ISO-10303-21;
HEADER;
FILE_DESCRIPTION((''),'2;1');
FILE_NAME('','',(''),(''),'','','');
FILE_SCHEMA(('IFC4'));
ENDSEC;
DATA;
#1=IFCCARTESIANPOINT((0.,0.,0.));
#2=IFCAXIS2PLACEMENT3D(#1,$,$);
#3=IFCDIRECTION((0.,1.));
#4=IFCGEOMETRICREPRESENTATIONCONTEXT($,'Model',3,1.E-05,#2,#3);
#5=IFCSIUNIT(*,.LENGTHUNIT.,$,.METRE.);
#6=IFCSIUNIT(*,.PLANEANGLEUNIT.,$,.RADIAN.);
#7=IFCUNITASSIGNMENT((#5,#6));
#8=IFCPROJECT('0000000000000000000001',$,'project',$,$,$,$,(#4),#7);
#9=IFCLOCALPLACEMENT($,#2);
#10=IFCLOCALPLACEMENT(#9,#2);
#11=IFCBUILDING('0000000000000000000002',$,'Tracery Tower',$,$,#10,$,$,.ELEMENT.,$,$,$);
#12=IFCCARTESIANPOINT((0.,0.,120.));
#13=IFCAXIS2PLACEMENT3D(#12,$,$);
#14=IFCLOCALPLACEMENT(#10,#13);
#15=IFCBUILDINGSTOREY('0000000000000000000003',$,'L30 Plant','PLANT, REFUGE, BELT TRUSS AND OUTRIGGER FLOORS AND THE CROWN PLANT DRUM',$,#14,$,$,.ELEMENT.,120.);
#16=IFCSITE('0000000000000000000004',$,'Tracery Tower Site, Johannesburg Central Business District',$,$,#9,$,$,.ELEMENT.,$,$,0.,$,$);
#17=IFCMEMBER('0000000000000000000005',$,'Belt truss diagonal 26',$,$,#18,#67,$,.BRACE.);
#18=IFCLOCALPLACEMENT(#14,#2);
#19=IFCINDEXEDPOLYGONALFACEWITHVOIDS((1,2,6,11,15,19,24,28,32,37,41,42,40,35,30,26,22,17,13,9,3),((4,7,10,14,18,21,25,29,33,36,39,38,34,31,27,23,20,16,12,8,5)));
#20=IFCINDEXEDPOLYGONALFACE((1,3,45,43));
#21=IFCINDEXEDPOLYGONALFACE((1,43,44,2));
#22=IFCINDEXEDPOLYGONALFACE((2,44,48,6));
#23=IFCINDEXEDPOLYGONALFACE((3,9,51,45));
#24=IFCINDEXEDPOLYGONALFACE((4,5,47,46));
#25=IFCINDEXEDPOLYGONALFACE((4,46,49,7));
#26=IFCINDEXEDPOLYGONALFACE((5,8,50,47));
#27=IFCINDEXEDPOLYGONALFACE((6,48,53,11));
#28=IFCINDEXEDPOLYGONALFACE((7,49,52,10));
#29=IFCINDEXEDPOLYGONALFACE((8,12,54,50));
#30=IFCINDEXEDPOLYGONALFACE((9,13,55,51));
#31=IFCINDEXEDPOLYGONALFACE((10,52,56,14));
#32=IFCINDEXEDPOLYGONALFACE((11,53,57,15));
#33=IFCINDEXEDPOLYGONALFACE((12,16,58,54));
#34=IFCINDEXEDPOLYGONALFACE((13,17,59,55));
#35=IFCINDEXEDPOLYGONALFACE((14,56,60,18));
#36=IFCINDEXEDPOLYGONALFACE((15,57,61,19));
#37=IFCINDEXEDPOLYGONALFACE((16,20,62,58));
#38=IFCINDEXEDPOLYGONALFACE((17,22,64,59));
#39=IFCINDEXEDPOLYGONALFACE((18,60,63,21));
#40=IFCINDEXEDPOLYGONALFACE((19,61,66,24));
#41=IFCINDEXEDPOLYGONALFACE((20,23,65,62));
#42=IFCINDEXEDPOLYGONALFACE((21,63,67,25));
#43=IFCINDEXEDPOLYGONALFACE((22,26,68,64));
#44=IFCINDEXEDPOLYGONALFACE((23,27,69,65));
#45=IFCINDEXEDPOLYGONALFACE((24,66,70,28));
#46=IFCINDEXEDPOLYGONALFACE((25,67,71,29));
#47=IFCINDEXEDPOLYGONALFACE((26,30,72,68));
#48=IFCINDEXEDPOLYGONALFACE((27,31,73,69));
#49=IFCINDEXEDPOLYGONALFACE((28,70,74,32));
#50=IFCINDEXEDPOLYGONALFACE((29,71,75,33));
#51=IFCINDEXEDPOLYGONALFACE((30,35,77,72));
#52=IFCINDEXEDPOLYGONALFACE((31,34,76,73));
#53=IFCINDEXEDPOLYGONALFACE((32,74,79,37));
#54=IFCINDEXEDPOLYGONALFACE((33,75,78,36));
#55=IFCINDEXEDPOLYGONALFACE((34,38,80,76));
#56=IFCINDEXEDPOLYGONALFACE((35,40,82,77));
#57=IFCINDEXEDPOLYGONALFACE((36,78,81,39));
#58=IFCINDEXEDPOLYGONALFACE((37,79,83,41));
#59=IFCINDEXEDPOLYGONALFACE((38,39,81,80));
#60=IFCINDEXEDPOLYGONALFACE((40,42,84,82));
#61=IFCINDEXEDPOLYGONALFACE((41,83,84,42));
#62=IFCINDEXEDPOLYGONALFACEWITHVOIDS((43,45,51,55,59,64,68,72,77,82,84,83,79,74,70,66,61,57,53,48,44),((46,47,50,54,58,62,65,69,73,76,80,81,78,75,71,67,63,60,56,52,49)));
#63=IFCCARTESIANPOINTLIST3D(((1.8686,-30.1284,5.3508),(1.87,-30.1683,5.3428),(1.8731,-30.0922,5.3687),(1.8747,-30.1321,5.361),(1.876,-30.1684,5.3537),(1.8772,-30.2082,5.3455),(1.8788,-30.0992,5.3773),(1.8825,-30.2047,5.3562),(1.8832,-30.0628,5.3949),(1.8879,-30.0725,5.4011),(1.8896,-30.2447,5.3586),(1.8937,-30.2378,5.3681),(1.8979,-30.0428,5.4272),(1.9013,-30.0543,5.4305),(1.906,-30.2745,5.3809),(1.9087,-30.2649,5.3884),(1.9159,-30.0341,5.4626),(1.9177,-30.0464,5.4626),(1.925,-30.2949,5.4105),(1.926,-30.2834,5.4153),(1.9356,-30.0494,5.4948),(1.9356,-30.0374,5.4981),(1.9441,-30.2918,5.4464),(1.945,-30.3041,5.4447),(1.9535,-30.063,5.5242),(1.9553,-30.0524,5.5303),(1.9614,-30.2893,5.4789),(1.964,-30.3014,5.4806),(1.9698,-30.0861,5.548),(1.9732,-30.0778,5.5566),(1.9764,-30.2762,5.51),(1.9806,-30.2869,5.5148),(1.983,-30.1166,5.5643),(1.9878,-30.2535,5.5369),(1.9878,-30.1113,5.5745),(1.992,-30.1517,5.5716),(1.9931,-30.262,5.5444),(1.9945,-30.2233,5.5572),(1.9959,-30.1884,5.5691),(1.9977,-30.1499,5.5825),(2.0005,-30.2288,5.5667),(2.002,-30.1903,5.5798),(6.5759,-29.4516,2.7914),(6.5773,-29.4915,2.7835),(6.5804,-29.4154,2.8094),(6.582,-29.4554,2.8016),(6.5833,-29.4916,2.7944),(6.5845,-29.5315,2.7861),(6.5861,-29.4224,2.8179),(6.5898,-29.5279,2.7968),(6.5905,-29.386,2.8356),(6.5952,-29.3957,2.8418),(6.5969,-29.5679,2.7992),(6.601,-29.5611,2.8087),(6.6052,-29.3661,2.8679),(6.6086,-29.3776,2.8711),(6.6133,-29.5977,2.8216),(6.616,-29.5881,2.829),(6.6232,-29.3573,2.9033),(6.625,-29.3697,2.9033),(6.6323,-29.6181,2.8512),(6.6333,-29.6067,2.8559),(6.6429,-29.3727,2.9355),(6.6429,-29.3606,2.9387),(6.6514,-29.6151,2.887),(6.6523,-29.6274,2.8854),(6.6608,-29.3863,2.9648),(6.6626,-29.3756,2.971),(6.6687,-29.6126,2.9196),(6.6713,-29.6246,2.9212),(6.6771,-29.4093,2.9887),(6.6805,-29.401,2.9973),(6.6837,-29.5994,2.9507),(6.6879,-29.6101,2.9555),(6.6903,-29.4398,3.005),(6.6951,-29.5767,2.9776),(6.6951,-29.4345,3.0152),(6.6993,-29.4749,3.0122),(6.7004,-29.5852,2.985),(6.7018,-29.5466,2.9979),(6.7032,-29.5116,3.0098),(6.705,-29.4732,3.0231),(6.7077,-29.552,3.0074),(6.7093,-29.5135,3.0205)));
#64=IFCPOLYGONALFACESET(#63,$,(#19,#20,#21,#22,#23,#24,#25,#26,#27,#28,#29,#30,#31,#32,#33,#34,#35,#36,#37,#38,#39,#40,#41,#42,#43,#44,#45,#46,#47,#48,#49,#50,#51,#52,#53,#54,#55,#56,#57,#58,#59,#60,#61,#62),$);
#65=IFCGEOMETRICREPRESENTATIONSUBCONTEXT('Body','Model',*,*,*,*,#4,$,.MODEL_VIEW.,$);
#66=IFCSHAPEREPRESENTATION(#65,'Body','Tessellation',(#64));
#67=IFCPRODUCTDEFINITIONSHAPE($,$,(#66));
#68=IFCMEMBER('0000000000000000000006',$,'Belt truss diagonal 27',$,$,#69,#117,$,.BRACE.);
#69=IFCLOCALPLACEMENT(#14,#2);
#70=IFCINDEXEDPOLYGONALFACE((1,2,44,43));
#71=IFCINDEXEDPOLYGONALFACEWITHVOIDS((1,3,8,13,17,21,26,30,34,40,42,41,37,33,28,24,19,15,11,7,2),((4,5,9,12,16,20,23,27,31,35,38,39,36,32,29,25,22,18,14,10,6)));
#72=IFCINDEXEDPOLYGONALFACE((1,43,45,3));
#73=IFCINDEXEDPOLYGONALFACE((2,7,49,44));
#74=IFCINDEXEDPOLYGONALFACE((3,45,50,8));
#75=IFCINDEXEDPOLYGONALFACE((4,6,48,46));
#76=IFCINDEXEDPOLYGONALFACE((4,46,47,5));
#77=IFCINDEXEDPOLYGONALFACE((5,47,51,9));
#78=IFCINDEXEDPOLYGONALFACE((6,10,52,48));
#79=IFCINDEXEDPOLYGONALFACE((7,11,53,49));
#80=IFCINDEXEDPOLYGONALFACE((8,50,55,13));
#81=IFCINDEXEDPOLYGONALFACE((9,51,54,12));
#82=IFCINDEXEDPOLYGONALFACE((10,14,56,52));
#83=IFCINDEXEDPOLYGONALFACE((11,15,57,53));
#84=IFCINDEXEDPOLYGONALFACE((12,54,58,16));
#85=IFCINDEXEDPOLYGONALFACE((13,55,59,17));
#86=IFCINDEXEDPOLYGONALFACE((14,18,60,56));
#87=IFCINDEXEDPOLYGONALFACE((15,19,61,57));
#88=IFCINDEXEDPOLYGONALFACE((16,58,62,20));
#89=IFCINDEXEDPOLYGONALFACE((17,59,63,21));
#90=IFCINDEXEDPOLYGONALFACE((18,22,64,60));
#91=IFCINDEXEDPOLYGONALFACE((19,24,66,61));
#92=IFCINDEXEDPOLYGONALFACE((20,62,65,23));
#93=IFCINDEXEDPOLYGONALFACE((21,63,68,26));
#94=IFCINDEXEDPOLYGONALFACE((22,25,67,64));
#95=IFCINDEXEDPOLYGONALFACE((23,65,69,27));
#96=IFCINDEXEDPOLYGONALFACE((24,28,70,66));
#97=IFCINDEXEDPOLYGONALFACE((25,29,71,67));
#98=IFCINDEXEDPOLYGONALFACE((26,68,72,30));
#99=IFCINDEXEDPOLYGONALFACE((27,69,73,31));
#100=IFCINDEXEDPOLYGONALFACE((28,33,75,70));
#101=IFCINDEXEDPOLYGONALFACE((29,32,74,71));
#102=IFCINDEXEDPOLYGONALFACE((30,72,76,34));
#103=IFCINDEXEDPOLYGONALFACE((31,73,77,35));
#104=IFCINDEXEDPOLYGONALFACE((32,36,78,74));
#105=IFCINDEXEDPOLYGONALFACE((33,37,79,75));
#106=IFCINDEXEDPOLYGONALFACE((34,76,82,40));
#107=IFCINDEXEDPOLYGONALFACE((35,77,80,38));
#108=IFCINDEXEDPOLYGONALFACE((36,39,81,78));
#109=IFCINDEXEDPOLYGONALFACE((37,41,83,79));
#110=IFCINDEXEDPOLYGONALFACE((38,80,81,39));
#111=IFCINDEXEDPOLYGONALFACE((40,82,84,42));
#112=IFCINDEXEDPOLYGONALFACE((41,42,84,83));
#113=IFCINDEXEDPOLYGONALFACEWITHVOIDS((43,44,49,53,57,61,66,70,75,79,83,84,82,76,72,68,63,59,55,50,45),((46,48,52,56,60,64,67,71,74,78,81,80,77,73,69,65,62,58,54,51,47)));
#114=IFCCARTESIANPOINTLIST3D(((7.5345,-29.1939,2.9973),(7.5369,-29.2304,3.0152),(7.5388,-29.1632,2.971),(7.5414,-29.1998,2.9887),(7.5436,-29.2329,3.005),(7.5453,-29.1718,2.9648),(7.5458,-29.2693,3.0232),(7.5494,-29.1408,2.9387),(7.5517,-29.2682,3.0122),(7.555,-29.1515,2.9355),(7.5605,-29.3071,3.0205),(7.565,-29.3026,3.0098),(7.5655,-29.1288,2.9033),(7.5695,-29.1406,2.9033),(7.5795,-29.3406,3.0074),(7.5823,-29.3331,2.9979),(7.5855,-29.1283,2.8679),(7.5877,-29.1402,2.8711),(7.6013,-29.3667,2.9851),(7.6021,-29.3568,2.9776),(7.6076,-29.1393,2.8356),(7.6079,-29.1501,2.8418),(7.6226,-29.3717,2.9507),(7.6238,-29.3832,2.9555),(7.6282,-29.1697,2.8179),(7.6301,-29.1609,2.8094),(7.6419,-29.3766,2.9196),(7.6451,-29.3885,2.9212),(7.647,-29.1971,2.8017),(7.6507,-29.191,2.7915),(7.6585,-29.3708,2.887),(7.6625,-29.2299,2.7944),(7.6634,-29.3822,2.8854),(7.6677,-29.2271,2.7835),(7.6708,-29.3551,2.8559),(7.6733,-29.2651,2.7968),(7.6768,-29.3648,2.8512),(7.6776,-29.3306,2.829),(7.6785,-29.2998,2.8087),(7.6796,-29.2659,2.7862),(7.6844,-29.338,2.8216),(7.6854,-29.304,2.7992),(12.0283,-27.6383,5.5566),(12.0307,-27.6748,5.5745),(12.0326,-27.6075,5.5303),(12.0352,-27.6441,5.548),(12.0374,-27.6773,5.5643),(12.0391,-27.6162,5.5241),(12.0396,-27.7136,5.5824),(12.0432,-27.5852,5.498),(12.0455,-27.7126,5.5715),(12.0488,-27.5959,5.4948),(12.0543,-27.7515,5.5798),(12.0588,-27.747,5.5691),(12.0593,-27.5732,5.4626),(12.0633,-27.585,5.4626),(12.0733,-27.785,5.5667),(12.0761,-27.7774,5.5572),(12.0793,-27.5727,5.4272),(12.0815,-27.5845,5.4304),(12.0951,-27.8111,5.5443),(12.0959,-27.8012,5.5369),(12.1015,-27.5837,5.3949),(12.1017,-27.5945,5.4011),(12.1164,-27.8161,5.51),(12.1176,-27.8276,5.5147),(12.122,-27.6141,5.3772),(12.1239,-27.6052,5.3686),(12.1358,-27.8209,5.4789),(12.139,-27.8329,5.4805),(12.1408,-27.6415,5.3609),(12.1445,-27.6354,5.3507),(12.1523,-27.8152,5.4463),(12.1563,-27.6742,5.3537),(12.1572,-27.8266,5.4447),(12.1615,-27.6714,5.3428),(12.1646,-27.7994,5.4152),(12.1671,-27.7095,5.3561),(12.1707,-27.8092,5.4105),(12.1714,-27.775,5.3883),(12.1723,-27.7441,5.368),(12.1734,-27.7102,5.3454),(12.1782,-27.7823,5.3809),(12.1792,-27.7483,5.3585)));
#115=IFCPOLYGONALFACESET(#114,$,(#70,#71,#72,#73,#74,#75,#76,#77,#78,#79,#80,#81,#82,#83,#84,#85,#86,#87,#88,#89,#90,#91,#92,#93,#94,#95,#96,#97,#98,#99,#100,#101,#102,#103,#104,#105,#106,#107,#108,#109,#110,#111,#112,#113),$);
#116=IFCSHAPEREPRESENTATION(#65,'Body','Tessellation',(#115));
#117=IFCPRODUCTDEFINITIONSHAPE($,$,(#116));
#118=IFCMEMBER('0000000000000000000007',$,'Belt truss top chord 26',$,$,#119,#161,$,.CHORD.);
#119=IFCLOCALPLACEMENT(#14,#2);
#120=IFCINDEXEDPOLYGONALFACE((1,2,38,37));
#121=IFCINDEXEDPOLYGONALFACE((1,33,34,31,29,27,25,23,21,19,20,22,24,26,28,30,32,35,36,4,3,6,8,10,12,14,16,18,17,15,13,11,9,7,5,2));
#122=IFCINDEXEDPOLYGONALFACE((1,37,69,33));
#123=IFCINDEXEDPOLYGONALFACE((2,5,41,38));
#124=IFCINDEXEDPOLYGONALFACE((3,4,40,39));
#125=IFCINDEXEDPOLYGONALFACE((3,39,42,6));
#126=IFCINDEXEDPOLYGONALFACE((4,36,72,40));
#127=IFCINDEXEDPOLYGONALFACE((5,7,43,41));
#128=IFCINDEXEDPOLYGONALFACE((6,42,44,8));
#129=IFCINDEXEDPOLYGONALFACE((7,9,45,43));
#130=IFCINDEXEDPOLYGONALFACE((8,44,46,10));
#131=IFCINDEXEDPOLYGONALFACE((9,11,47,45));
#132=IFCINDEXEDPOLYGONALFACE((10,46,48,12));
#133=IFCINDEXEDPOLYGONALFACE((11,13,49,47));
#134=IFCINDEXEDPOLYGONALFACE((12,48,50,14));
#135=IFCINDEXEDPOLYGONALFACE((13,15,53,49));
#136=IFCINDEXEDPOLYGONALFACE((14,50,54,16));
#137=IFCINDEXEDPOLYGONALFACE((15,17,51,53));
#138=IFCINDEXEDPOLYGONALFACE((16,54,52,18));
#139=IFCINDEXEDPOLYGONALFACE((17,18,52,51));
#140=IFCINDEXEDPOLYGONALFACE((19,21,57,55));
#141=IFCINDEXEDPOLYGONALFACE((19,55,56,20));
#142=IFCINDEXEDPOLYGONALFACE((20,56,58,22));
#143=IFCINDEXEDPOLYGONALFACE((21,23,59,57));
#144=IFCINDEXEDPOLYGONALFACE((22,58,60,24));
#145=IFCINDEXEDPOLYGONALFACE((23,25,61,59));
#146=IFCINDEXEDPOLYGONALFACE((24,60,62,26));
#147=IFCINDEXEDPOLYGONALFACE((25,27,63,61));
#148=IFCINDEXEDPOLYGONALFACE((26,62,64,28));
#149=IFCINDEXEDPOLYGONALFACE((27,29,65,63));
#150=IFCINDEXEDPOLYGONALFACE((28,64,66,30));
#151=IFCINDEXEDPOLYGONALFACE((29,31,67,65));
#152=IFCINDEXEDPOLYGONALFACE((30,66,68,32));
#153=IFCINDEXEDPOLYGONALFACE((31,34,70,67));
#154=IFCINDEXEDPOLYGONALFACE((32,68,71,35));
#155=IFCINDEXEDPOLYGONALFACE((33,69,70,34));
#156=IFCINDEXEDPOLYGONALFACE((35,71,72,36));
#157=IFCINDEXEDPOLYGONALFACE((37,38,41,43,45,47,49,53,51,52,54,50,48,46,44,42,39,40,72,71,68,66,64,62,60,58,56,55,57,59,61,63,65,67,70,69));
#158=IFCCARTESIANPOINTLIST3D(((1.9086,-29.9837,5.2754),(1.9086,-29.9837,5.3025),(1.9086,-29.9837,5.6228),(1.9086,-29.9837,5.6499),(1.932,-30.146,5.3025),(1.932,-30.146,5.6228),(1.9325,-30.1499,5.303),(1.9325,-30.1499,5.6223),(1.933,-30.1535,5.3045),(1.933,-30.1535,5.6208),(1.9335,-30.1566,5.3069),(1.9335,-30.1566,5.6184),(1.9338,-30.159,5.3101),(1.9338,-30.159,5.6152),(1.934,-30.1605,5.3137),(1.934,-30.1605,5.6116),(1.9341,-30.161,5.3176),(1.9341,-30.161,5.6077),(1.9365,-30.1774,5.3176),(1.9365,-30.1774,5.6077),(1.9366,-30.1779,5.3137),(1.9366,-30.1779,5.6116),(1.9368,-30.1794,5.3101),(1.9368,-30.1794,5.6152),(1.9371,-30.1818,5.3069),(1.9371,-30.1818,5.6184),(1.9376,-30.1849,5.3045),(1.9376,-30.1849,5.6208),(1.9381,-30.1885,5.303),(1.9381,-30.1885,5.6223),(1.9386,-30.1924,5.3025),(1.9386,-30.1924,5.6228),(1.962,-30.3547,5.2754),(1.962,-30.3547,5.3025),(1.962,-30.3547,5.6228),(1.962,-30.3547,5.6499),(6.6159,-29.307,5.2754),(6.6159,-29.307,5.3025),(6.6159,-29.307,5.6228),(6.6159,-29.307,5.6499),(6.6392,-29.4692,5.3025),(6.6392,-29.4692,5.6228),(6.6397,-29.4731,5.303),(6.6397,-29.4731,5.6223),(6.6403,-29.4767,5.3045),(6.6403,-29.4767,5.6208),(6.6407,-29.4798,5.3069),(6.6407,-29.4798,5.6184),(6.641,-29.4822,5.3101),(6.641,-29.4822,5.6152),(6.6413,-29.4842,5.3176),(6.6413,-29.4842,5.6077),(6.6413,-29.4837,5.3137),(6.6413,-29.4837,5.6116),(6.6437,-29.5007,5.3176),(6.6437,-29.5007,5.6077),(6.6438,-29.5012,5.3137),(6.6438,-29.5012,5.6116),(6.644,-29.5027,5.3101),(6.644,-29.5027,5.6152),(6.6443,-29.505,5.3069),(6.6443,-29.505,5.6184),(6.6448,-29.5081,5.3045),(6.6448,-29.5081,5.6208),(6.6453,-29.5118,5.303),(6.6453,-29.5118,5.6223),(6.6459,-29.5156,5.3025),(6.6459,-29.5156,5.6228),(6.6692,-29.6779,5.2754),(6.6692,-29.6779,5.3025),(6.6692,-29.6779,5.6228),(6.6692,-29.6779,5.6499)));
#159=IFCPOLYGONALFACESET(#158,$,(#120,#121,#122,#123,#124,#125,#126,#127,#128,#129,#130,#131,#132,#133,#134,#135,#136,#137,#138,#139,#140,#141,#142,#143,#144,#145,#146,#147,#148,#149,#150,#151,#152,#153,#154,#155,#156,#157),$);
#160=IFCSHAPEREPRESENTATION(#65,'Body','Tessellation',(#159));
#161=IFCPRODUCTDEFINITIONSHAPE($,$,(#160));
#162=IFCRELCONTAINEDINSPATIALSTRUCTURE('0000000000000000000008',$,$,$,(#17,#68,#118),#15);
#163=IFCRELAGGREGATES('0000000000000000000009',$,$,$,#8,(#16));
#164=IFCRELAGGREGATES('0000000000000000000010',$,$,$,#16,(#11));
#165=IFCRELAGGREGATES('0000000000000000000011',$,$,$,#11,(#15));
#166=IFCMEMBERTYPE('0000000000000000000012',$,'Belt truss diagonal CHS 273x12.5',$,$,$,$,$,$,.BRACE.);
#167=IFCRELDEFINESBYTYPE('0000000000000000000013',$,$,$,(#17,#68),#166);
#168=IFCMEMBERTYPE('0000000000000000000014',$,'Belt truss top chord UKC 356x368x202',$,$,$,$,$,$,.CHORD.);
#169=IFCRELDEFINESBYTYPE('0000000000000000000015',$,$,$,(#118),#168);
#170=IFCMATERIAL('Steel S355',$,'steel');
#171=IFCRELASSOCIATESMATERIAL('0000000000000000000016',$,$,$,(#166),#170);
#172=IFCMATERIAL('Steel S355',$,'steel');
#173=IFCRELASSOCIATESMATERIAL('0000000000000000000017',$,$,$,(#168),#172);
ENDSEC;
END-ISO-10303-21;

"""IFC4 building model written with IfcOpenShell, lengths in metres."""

from ifc_helpers import new_model, si_unit, direction, frame, origin, origin_2d, place, context, subcontext, project, spatial, hollow_circle, i_section, extrude, material, material_profile, profile_set, type_object, element, save


model = new_model("IFC4")

# Units and contexts
model_context = context("Model", 3, precision=1e-05, world=origin(), true_north=direction((0.0, 1.0)))
body_context = subcontext(model_context, "Body", "Model", "MODEL_VIEW")
ifc_project = project(units=[si_unit("LENGTHUNIT", "METRE"), si_unit("PLANEANGLEUNIT", "RADIAN")], contexts=[model_context])

# Site, building, storey
site_placement = place(None, origin())
site = spatial("IfcSite", under=ifc_project, at=site_placement, Name="Tracery Tower Site, Johannesburg Central Business District", CompositionType="ELEMENT", RefElevation=0.0)
building_placement = place(site_placement, origin())
building = spatial("IfcBuilding", under=site, at=building_placement, Name="Tracery Tower", CompositionType="ELEMENT")
storey_placement = place(building_placement, frame((0.0, 0.0, 120.0)))
storey = spatial("IfcBuildingStorey", under=building, at=storey_placement, Name="L30 Plant", Description="PLANT, REFUGE, BELT TRUSS AND OUTRIGGER FLOORS AND THE CROWN PLANT DRUM", CompositionType="ELEMENT", Elevation=120.0)

# Members
ifc_material_1 = material(Name="Steel S355", Category="steel")
ifc_material_profile_1 = material_profile(ifc_material_1, hollow_circle(Radius=0.1365, WallThickness=0.0125, at=origin_2d()), Name="CHS 273x12.5")
ifc_profile_set_1 = profile_set([ifc_material_profile_1], Name="Steel S355")
member_type_1 = type_object("IfcMemberType", Name="Belt truss diagonal CHS 273x12.5", PredefinedType="BRACE", material=ifc_profile_set_1)
member_1_placement = place(storey_placement, frame((1.9353, -30.1692, 5.4626), z_axis=(0.871619, 0.125311, -0.473896), x_axis=(-0.142305, 0.989823, 0.0)))
element("IfcMember", 1, at=member_1_placement, inside=storey, type_object=member_type_1, Name="Belt truss diagonal 26", PredefinedType="BRACE", context=body_context, shape_type="SweptSolid", body=[
    extrude(hollow_circle(Radius=0.1365, WallThickness=0.0125, at=origin_2d()), origin(), (0.0, 0.0, 1.0), 5.4006),
])
member_2_placement = place(storey_placement, frame((7.6101, -29.2578, 2.9033), z_axis=(0.832127, 0.28806, 0.473906), x_axis=(-0.327126, 0.944981, 0.0)))
element("IfcMember", 2, at=member_2_placement, inside=storey, type_object=member_type_1, Name="Belt truss diagonal 27", PredefinedType="BRACE", context=body_context, shape_type="SweptSolid", body=[
    extrude(hollow_circle(Radius=0.1365, WallThickness=0.0125, at=origin_2d()), origin(), (0.0, 0.0, 1.0), 5.4004),
])
ifc_material_2 = material(Name="Steel S355", Category="steel")
ifc_material_profile_2 = material_profile(ifc_material_2, i_section(OverallWidth=0.3748, OverallDepth=0.3745, WebThickness=0.0166, FlangeThickness=0.0271, FilletRadius=0.0151, at=origin_2d()), Name="UKC 356x368x202")
ifc_profile_set_2 = profile_set([ifc_material_profile_2], Name="Steel S355")
member_type_2 = type_object("IfcMemberType", Name="Belt truss top chord UKC 356x368x202", PredefinedType="CHORD", material=ifc_profile_set_2)
for number, where, z_axis, x_axis, name in (
    (3, (1.9353, -30.1692, 5.4626), (0.989823, 0.142305, 0.0), (-0.142305, 0.989823, 0.0), "Belt truss top chord 26"),
):
    element("IfcMember", number, at=place(storey_placement, frame(where, z_axis=z_axis, x_axis=x_axis)), inside=storey, type_object=member_type_2, Name=name, PredefinedType="CHORD", context=body_context, shape_type="SweptSolid", body=[
        extrude(i_section(OverallWidth=0.3748, OverallDepth=0.3745, WebThickness=0.0166, FlangeThickness=0.0271, FilletRadius=0.0151, at=origin_2d()), origin(), (0.0, 0.0, 1.0), 4.7556),
    ])

save(model, "model.ifc")
